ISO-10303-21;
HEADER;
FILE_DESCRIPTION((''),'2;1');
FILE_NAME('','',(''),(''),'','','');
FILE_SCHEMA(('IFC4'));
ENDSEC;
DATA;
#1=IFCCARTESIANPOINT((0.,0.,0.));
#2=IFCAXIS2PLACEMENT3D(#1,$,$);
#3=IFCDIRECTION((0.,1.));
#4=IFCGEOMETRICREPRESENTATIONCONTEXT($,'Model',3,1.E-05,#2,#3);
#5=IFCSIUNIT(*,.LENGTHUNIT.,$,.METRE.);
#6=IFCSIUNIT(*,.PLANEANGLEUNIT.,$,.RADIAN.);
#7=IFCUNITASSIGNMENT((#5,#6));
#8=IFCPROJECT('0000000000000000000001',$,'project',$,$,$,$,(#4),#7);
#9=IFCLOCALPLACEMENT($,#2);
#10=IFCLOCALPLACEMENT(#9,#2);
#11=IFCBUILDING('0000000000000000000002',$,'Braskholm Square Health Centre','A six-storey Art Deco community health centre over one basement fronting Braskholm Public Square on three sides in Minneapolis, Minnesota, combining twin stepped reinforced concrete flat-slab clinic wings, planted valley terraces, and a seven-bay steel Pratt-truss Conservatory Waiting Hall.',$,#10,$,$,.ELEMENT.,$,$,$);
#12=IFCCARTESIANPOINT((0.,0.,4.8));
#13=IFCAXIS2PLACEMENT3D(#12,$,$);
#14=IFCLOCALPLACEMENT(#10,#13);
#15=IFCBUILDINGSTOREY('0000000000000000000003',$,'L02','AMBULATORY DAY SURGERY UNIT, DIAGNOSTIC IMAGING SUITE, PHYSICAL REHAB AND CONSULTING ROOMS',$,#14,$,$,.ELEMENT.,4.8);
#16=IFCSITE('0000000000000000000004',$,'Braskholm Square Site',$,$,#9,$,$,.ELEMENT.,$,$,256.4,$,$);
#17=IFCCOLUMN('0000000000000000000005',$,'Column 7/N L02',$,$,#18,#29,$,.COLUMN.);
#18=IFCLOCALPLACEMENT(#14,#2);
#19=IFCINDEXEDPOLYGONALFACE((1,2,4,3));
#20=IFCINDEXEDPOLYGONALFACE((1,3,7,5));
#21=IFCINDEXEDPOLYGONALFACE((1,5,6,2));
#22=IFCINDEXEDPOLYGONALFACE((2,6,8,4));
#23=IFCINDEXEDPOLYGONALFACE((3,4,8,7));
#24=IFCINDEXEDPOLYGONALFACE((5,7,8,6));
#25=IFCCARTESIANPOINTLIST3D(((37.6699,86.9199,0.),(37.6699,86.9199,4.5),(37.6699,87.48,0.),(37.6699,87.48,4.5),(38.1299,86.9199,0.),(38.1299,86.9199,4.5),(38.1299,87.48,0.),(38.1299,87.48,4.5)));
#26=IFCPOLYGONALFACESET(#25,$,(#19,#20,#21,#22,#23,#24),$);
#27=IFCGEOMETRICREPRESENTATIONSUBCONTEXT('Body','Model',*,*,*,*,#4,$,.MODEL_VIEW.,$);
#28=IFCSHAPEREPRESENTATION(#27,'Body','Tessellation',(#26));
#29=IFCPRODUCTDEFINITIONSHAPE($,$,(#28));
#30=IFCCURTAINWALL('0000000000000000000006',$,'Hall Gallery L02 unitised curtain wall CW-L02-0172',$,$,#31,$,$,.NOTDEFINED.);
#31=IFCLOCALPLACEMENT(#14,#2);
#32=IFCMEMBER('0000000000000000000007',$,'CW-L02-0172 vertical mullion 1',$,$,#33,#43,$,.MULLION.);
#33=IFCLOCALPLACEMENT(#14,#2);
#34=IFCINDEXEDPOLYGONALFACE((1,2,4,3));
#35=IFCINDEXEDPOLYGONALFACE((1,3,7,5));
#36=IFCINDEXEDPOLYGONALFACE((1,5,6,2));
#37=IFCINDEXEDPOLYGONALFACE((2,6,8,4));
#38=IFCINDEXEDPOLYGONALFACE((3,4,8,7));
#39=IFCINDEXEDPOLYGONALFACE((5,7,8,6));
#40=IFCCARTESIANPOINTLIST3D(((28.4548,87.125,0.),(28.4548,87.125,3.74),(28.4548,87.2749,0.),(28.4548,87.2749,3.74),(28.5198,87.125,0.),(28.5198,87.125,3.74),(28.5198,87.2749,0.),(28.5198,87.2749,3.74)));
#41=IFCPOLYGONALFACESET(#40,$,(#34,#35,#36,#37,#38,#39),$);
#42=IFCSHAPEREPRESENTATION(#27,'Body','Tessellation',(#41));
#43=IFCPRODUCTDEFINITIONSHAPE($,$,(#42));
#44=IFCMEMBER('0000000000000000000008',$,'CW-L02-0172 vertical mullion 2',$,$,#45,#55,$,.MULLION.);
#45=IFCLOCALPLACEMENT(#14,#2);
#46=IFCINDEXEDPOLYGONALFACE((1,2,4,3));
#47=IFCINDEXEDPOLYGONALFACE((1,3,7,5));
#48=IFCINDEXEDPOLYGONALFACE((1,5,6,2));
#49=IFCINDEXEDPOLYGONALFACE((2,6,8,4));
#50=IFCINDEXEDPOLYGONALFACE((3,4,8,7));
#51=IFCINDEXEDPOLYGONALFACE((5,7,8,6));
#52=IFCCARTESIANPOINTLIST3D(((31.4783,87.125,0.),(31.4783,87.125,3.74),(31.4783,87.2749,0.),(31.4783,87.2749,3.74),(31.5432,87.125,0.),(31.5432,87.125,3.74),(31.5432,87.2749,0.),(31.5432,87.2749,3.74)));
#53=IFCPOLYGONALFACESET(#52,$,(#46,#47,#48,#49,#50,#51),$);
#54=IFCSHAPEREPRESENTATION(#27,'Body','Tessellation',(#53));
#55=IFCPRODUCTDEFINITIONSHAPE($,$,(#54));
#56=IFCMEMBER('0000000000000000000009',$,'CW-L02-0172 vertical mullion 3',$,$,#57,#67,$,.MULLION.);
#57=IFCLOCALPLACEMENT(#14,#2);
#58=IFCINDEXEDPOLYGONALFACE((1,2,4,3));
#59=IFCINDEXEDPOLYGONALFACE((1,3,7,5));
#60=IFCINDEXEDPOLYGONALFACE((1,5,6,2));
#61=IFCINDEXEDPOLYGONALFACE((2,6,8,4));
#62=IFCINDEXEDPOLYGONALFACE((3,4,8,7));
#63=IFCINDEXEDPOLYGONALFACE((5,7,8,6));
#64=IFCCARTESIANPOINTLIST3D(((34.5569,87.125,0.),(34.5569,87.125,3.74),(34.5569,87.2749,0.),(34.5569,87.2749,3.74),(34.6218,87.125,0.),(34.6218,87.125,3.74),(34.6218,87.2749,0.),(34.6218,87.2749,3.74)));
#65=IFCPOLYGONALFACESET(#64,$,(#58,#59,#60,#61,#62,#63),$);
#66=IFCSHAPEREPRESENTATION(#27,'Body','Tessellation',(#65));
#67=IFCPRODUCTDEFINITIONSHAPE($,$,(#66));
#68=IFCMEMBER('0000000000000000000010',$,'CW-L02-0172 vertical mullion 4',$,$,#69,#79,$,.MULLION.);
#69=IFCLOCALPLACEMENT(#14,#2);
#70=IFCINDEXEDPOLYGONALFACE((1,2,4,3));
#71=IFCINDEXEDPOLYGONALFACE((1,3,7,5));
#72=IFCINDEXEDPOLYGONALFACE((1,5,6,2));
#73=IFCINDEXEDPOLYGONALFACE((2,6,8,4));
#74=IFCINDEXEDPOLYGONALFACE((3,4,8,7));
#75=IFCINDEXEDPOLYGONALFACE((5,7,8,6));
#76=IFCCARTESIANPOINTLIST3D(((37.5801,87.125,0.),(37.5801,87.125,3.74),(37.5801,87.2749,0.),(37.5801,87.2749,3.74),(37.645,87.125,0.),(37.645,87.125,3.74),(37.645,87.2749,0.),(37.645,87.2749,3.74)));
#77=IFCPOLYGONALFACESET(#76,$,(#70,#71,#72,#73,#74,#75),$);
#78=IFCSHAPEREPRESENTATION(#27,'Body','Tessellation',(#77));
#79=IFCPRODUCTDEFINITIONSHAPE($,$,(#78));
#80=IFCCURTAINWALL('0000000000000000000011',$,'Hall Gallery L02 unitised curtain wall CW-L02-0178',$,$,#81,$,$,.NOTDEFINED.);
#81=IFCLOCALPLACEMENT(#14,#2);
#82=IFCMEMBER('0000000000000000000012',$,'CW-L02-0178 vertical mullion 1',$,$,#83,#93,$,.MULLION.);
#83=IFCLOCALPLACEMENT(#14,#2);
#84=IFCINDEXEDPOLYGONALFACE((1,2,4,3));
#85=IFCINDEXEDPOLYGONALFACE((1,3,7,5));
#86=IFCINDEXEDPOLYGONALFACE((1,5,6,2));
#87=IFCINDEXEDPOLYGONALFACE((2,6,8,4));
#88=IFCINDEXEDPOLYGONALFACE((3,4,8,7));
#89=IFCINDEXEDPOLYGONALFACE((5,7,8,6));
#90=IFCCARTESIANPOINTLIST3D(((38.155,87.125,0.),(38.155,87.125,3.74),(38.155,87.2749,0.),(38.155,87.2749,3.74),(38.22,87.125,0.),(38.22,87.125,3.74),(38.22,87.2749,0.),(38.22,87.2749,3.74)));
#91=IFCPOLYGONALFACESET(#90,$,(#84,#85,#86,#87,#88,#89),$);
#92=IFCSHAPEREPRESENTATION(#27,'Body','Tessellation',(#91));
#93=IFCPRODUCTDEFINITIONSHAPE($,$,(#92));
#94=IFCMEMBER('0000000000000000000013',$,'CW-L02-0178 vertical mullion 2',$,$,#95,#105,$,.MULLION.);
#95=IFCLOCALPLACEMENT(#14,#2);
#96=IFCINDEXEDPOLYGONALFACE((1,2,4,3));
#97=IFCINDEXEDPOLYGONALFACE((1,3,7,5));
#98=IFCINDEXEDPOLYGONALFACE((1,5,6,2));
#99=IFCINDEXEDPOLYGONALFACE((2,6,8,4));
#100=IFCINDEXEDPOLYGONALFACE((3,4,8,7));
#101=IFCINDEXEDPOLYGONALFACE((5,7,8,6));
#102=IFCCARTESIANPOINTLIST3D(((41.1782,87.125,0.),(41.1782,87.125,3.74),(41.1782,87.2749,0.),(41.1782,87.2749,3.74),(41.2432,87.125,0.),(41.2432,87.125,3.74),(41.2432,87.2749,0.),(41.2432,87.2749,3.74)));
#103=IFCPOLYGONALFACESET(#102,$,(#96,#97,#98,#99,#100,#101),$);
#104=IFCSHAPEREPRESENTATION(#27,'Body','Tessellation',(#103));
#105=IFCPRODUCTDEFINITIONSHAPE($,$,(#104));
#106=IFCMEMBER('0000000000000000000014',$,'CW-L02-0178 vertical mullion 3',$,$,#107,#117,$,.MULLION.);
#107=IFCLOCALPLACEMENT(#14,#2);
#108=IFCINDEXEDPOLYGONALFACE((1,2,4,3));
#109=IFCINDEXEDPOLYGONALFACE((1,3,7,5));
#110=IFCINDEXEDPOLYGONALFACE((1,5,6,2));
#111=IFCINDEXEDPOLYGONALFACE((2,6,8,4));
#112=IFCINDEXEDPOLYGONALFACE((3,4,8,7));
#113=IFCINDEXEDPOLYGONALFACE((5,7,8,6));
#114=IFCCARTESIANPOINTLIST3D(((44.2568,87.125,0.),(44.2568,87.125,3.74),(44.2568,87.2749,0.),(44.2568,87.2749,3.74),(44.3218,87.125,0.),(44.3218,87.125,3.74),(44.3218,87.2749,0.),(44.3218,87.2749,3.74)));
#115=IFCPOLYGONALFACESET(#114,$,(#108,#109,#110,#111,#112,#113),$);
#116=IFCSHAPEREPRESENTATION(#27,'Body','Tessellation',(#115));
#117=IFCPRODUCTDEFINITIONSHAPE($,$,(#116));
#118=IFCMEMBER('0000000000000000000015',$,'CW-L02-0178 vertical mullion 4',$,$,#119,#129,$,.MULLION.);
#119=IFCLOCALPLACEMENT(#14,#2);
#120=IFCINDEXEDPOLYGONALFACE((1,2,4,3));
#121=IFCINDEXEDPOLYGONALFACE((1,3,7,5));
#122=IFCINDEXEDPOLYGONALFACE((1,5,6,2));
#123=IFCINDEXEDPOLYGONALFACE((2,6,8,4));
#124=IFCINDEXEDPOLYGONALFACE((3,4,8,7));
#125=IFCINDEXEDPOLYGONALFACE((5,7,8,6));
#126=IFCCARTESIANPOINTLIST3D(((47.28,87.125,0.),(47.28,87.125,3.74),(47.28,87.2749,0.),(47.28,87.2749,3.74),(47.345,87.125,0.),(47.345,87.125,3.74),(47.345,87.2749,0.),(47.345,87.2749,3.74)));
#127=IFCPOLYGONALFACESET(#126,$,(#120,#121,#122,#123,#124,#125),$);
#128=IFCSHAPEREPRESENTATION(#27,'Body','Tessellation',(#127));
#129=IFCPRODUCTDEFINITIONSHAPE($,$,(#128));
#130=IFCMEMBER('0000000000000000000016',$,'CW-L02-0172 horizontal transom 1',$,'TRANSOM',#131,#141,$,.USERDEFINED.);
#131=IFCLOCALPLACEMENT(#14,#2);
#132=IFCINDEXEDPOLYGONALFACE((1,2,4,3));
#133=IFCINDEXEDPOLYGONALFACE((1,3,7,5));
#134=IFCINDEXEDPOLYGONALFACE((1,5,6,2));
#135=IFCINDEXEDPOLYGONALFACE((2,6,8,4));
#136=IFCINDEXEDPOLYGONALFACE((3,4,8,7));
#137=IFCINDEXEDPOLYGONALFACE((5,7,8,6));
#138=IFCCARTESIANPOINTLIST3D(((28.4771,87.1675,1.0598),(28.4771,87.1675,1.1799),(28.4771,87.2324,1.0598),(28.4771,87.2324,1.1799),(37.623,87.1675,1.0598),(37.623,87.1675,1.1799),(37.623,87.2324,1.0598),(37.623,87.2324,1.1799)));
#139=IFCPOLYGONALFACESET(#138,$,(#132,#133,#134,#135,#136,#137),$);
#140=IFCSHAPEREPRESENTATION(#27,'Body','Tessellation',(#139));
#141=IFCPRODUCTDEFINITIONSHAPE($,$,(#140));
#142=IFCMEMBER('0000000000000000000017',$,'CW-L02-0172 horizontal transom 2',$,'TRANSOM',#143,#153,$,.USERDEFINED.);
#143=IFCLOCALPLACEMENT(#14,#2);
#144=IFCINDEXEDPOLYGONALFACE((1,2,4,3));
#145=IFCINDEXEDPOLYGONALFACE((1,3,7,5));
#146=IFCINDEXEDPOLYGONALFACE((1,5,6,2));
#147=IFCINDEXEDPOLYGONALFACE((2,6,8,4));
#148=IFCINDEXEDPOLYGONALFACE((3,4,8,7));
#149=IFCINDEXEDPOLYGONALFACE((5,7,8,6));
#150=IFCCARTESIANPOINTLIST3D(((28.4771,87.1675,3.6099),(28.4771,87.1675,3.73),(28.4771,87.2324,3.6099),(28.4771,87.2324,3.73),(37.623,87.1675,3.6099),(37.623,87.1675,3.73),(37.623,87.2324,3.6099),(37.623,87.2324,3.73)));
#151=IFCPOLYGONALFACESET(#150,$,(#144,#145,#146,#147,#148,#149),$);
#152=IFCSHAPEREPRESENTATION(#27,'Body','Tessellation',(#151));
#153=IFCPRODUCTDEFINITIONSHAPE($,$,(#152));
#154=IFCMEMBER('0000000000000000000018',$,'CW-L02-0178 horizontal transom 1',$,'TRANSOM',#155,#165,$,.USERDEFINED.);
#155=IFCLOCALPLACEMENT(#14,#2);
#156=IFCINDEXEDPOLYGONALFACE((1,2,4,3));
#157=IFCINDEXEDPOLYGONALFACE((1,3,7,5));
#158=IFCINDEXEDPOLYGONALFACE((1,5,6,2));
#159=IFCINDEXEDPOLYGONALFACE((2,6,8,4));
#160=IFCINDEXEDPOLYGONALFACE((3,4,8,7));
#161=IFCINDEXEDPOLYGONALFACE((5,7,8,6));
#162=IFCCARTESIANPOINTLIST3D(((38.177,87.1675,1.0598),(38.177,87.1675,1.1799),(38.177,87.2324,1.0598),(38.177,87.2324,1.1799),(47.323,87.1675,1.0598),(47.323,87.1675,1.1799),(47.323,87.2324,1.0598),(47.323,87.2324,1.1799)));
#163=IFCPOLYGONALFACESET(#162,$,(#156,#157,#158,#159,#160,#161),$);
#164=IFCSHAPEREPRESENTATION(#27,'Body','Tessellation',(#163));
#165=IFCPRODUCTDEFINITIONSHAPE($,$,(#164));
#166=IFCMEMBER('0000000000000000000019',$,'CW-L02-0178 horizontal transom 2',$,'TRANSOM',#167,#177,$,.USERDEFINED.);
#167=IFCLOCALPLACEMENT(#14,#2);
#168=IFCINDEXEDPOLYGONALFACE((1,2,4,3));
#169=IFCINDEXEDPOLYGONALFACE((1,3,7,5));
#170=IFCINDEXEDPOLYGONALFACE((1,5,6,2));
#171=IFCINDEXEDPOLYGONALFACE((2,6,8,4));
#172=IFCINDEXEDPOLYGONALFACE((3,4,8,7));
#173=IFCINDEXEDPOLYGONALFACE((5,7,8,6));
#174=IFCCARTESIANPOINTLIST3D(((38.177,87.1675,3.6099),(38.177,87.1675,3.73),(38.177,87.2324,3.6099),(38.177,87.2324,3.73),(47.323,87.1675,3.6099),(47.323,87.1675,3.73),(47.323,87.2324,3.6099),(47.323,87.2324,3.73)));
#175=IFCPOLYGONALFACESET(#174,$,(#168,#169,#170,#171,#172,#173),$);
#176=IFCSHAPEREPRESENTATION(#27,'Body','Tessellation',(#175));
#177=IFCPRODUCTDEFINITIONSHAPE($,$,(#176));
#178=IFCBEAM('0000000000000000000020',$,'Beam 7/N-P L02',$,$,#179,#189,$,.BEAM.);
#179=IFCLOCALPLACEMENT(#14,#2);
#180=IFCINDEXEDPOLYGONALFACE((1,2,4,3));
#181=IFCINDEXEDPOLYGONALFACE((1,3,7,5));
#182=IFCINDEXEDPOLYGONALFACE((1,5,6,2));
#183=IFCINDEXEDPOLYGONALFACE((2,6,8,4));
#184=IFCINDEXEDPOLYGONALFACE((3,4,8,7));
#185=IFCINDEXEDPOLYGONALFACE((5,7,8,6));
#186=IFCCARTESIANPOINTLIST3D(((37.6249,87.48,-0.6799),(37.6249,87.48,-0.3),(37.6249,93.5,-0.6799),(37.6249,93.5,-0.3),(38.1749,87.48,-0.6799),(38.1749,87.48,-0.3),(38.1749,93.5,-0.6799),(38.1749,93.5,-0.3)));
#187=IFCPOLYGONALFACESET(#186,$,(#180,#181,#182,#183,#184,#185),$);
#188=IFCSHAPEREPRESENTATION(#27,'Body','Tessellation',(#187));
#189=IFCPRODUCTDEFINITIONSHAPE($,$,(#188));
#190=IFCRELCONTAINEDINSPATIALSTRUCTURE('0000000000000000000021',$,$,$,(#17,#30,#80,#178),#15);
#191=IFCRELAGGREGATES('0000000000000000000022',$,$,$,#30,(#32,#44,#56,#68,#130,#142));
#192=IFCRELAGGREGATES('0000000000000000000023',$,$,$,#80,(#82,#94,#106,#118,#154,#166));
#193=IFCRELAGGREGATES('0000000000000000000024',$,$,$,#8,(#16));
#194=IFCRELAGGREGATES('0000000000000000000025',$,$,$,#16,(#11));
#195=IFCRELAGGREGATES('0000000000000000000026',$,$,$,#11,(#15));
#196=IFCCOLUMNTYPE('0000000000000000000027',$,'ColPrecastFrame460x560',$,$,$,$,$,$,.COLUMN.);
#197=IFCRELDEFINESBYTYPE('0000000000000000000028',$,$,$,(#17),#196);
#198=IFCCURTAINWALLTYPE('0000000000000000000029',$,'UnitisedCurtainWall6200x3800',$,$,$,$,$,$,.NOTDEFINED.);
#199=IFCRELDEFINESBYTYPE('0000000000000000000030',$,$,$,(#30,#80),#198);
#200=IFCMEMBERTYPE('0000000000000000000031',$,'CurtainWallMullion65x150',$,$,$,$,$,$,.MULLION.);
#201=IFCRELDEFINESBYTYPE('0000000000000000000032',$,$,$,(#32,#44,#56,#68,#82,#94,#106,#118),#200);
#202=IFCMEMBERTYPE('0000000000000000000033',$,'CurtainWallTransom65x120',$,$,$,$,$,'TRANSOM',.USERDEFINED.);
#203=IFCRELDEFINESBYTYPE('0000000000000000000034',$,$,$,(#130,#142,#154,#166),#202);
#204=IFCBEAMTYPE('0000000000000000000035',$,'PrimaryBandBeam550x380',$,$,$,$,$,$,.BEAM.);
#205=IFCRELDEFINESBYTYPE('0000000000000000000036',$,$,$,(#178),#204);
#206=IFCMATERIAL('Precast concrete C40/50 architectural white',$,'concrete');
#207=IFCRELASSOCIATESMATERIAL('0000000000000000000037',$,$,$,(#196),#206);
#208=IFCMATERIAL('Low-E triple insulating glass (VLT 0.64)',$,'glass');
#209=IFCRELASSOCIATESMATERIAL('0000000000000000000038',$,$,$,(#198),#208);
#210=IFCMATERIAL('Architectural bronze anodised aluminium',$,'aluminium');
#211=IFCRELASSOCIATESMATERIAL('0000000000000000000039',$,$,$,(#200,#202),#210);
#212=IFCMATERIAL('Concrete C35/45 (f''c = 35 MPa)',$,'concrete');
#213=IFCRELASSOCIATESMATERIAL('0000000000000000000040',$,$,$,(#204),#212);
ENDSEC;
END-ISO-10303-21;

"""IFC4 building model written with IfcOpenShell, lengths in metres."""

from ifc_helpers import new_model, si_unit, direction, frame, origin, origin_2d, place, context, subcontext, project, spatial, rectangle, extrude, material, material_profile, profile_set, type_object, element, aggregate, save


model = new_model("IFC4")

# Units and contexts
model_context = context("Model", 3, precision=1e-05, world=origin(), true_north=direction((0.0, 1.0)))
body_context = subcontext(model_context, "Body", "Model", "MODEL_VIEW")
ifc_project = project(units=[si_unit("LENGTHUNIT", "METRE"), si_unit("PLANEANGLEUNIT", "RADIAN")], contexts=[model_context])

# Site, building, storey
site_placement = place(None, origin())
site = spatial("IfcSite", under=ifc_project, at=site_placement, Name="Braskholm Square Site", CompositionType="ELEMENT", RefElevation=256.4)
building_placement = place(site_placement, origin())
building = spatial("IfcBuilding", under=site, at=building_placement, Name="Braskholm Square Health Centre", Description="A six-storey Art Deco community health centre over one basement fronting Braskholm Public Square on three sides in Minneapolis, Minnesota, combining twin stepped reinforced concrete flat-slab clinic wings, planted valley terraces, and a seven-bay steel Pratt-truss Conservatory Waiting Hall.", CompositionType="ELEMENT")
storey_placement = place(building_placement, frame((0.0, 0.0, 4.8)))
storey = spatial("IfcBuildingStorey", under=building, at=storey_placement, Name="L02", Description="AMBULATORY DAY SURGERY UNIT, DIAGNOSTIC IMAGING SUITE, PHYSICAL REHAB AND CONSULTING ROOMS", CompositionType="ELEMENT", Elevation=4.8)

# Column
ifc_material_1 = material(Name="Precast concrete C40/50 architectural white", Category="concrete")
ifc_material_profile_1 = material_profile(ifc_material_1, rectangle(XDim=0.46, YDim=0.5601, at=origin_2d()), Name="RC-460X560")
ifc_profile_set_1 = profile_set([ifc_material_profile_1], Name="Precast concrete C40/50 architectural white")
column_type = type_object("IfcColumnType", Name="ColPrecastFrame460x560", PredefinedType="COLUMN", material=ifc_profile_set_1)
column_placement = place(storey_placement, frame((37.8999, 87.2, 0.0), z_axis=(0.0, 0.0, 1.0), x_axis=(1.0, 0.0, 0.0)))
element("IfcColumn", 1, at=column_placement, inside=storey, type_object=column_type, Name="Column 7/N L02", PredefinedType="COLUMN", context=body_context, shape_type="SweptSolid", body=[
    extrude(rectangle(XDim=0.46, YDim=0.5601, at=origin_2d()), origin(), (0.0, 0.0, 1.0), 4.5),
])

# Curtain walls, members
ifc_material_2 = material(Name="Low-E triple insulating glass (VLT 0.64)", Category="glass")
curtain_wall_type = type_object("IfcCurtainWallType", Name="UnitisedCurtainWall6200x3800", PredefinedType="NOTDEFINED", material=ifc_material_2)
curtain_wall_1_placement = place(storey_placement, origin())
curtain_wall_1 = element("IfcCurtainWall", 2, at=curtain_wall_1_placement, inside=storey, type_object=curtain_wall_type, Name="Hall Gallery L02 unitised curtain wall CW-L02-0172", PredefinedType="NOTDEFINED")
ifc_material_3 = material(Name="Architectural bronze anodised aluminium", Category="aluminium")
ifc_material_profile_2 = material_profile(ifc_material_3, rectangle(XDim=0.0649, YDim=0.1499, at=origin_2d()), Name="ALU-65X150")
ifc_profile_set_2 = profile_set([ifc_material_profile_2], Name="Architectural bronze anodised aluminium")
member_type_1 = type_object("IfcMemberType", Name="CurtainWallMullion65x150", PredefinedType="MULLION", material=ifc_profile_set_2)
member_1_placement = place(storey_placement, frame((28.4873, 87.2, 0.0), z_axis=(0.0, 0.0, 1.0), x_axis=(1.0, 0.0, 0.0)))
member_1 = element("IfcMember", 3, at=member_1_placement, type_object=member_type_1, Name="CW-L02-0172 vertical mullion 1", PredefinedType="MULLION", context=body_context, shape_type="SweptSolid", body=[
    extrude(rectangle(XDim=0.0649, YDim=0.1499, at=origin_2d()), origin(), (0.0, 0.0, 1.0), 3.74),
])
member_2_placement = place(storey_placement, frame((31.5107, 87.2, 0.0), z_axis=(0.0, 0.0, 1.0), x_axis=(1.0, 0.0, 0.0)))
member_2 = element("IfcMember", 4, at=member_2_placement, type_object=member_type_1, Name="CW-L02-0172 vertical mullion 2", PredefinedType="MULLION", context=body_context, shape_type="SweptSolid", body=[
    extrude(rectangle(XDim=0.0649, YDim=0.1499, at=origin_2d()), origin(), (0.0, 0.0, 1.0), 3.74),
])
member_3_placement = place(storey_placement, frame((34.5894, 87.2, 0.0), z_axis=(0.0, 0.0, 1.0), x_axis=(1.0, 0.0, 0.0)))
member_3 = element("IfcMember", 5, at=member_3_placement, type_object=member_type_1, Name="CW-L02-0172 vertical mullion 3", PredefinedType="MULLION", context=body_context, shape_type="SweptSolid", body=[
    extrude(rectangle(XDim=0.0649, YDim=0.1499, at=origin_2d()), origin(), (0.0, 0.0, 1.0), 3.74),
])
member_4_placement = place(storey_placement, frame((37.6125, 87.2, 0.0), z_axis=(0.0, 0.0, 1.0), x_axis=(1.0, 0.0, 0.0)))
member_4 = element("IfcMember", 6, at=member_4_placement, type_object=member_type_1, Name="CW-L02-0172 vertical mullion 4", PredefinedType="MULLION", context=body_context, shape_type="SweptSolid", body=[
    extrude(rectangle(XDim=0.0649, YDim=0.1499, at=origin_2d()), origin(), (0.0, 0.0, 1.0), 3.74),
])
curtain_wall_2_placement = place(storey_placement, origin())
curtain_wall_2 = element("IfcCurtainWall", 7, at=curtain_wall_2_placement, inside=storey, type_object=curtain_wall_type, Name="Hall Gallery L02 unitised curtain wall CW-L02-0178", PredefinedType="NOTDEFINED")
member_5_placement = place(storey_placement, frame((38.1875, 87.2, 0.0), z_axis=(0.0, 0.0, 1.0), x_axis=(1.0, 0.0, 0.0)))
member_5 = element("IfcMember", 8, at=member_5_placement, type_object=member_type_1, Name="CW-L02-0178 vertical mullion 1", PredefinedType="MULLION", context=body_context, shape_type="SweptSolid", body=[
    extrude(rectangle(XDim=0.0649, YDim=0.1499, at=origin_2d()), origin(), (0.0, 0.0, 1.0), 3.74),
])
member_6_placement = place(storey_placement, frame((41.2107, 87.2, 0.0), z_axis=(0.0, 0.0, 1.0), x_axis=(1.0, 0.0, 0.0)))
member_6 = element("IfcMember", 9, at=member_6_placement, type_object=member_type_1, Name="CW-L02-0178 vertical mullion 2", PredefinedType="MULLION", context=body_context, shape_type="SweptSolid", body=[
    extrude(rectangle(XDim=0.0649, YDim=0.1499, at=origin_2d()), origin(), (0.0, 0.0, 1.0), 3.74),
])
member_7_placement = place(storey_placement, frame((44.2893, 87.2, 0.0), z_axis=(0.0, 0.0, 1.0), x_axis=(1.0, 0.0, 0.0)))
member_7 = element("IfcMember", 10, at=member_7_placement, type_object=member_type_1, Name="CW-L02-0178 vertical mullion 3", PredefinedType="MULLION", context=body_context, shape_type="SweptSolid", body=[
    extrude(rectangle(XDim=0.0649, YDim=0.1499, at=origin_2d()), origin(), (0.0, 0.0, 1.0), 3.74),
])
member_8_placement = place(storey_placement, frame((47.3125, 87.2, 0.0), z_axis=(0.0, 0.0, 1.0), x_axis=(1.0, 0.0, 0.0)))
member_8 = element("IfcMember", 11, at=member_8_placement, type_object=member_type_1, Name="CW-L02-0178 vertical mullion 4", PredefinedType="MULLION", context=body_context, shape_type="SweptSolid", body=[
    extrude(rectangle(XDim=0.0649, YDim=0.1499, at=origin_2d()), origin(), (0.0, 0.0, 1.0), 3.74),
])

# Members
ifc_material_profile_3 = material_profile(ifc_material_3, rectangle(XDim=0.0649, YDim=0.1201, at=origin_2d()), Name="ALU-65X120")
ifc_profile_set_3 = profile_set([ifc_material_profile_3], Name="Architectural bronze anodised aluminium")
member_type_2 = type_object("IfcMemberType", Name="CurtainWallTransom65x120", ElementType="TRANSOM", PredefinedType="USERDEFINED", material=ifc_profile_set_3)
member_9_placement = place(storey_placement, frame((28.4771, 87.2, 1.1199), z_axis=(1.0, 0.0, 0.0), x_axis=(0.0, 1.0, 0.0)))
member_9 = element("IfcMember", 12, at=member_9_placement, type_object=member_type_2, Name="CW-L02-0172 horizontal transom 1", ObjectType="TRANSOM", PredefinedType="USERDEFINED", context=body_context, shape_type="SweptSolid", body=[
    extrude(rectangle(XDim=0.0649, YDim=0.1201, at=origin_2d()), origin(), (0.0, 0.0, 1.0), 9.146),
])
member_10_placement = place(storey_placement, frame((28.4771, 87.2, 3.6699), z_axis=(1.0, 0.0, 0.0), x_axis=(0.0, 1.0, 0.0)))
member_10 = element("IfcMember", 13, at=member_10_placement, type_object=member_type_2, Name="CW-L02-0172 horizontal transom 2", ObjectType="TRANSOM", PredefinedType="USERDEFINED", context=body_context, shape_type="SweptSolid", body=[
    extrude(rectangle(XDim=0.0649, YDim=0.1201, at=origin_2d()), origin(), (0.0, 0.0, 1.0), 9.146),
])
member_11_placement = place(storey_placement, frame((38.177, 87.2, 1.1199), z_axis=(1.0, 0.0, 0.0), x_axis=(0.0, 1.0, 0.0)))
member_11 = element("IfcMember", 14, at=member_11_placement, type_object=member_type_2, Name="CW-L02-0178 horizontal transom 1", ObjectType="TRANSOM", PredefinedType="USERDEFINED", context=body_context, shape_type="SweptSolid", body=[
    extrude(rectangle(XDim=0.0649, YDim=0.1201, at=origin_2d()), origin(), (0.0, 0.0, 1.0), 9.146),
])
member_12_placement = place(storey_placement, frame((38.177, 87.2, 3.6699), z_axis=(1.0, 0.0, 0.0), x_axis=(0.0, 1.0, 0.0)))
member_12 = element("IfcMember", 15, at=member_12_placement, type_object=member_type_2, Name="CW-L02-0178 horizontal transom 2", ObjectType="TRANSOM", PredefinedType="USERDEFINED", context=body_context, shape_type="SweptSolid", body=[
    extrude(rectangle(XDim=0.0649, YDim=0.1201, at=origin_2d()), origin(), (0.0, 0.0, 1.0), 9.146),
])

# Beam
ifc_material_4 = material(Name="Concrete C35/45 (f'c = 35 MPa)", Category="concrete")
ifc_material_profile_4 = material_profile(ifc_material_4, rectangle(XDim=0.55, YDim=0.3799, at=origin_2d()), Name="RCB-550X380")
ifc_profile_set_4 = profile_set([ifc_material_profile_4], Name="Concrete C35/45 (f'c = 35 MPa)")
beam_type_1 = type_object("IfcBeamType", Name="PrimaryBandBeam550x380", PredefinedType="BEAM", material=ifc_profile_set_4)
beam_1_placement = place(storey_placement, frame((37.8999, 87.48, -0.49), z_axis=(0.0, 1.0, 0.0), x_axis=(-1.0, 0.0, 0.0)))
element("IfcBeam", 16, at=beam_1_placement, inside=storey, type_object=beam_type_1, Name="Beam 7/N-P L02", PredefinedType="BEAM", context=body_context, shape_type="SweptSolid", body=[
    extrude(rectangle(XDim=0.55, YDim=0.3799, at=origin_2d()), origin(), (0.0, 0.0, 1.0), 6.02),
])

aggregate(curtain_wall_1, [member_1, member_2, member_3, member_4, member_9, member_10])
aggregate(curtain_wall_2, [member_5, member_6, member_7, member_8, member_11, member_12])

save(model, "model.ifc")
